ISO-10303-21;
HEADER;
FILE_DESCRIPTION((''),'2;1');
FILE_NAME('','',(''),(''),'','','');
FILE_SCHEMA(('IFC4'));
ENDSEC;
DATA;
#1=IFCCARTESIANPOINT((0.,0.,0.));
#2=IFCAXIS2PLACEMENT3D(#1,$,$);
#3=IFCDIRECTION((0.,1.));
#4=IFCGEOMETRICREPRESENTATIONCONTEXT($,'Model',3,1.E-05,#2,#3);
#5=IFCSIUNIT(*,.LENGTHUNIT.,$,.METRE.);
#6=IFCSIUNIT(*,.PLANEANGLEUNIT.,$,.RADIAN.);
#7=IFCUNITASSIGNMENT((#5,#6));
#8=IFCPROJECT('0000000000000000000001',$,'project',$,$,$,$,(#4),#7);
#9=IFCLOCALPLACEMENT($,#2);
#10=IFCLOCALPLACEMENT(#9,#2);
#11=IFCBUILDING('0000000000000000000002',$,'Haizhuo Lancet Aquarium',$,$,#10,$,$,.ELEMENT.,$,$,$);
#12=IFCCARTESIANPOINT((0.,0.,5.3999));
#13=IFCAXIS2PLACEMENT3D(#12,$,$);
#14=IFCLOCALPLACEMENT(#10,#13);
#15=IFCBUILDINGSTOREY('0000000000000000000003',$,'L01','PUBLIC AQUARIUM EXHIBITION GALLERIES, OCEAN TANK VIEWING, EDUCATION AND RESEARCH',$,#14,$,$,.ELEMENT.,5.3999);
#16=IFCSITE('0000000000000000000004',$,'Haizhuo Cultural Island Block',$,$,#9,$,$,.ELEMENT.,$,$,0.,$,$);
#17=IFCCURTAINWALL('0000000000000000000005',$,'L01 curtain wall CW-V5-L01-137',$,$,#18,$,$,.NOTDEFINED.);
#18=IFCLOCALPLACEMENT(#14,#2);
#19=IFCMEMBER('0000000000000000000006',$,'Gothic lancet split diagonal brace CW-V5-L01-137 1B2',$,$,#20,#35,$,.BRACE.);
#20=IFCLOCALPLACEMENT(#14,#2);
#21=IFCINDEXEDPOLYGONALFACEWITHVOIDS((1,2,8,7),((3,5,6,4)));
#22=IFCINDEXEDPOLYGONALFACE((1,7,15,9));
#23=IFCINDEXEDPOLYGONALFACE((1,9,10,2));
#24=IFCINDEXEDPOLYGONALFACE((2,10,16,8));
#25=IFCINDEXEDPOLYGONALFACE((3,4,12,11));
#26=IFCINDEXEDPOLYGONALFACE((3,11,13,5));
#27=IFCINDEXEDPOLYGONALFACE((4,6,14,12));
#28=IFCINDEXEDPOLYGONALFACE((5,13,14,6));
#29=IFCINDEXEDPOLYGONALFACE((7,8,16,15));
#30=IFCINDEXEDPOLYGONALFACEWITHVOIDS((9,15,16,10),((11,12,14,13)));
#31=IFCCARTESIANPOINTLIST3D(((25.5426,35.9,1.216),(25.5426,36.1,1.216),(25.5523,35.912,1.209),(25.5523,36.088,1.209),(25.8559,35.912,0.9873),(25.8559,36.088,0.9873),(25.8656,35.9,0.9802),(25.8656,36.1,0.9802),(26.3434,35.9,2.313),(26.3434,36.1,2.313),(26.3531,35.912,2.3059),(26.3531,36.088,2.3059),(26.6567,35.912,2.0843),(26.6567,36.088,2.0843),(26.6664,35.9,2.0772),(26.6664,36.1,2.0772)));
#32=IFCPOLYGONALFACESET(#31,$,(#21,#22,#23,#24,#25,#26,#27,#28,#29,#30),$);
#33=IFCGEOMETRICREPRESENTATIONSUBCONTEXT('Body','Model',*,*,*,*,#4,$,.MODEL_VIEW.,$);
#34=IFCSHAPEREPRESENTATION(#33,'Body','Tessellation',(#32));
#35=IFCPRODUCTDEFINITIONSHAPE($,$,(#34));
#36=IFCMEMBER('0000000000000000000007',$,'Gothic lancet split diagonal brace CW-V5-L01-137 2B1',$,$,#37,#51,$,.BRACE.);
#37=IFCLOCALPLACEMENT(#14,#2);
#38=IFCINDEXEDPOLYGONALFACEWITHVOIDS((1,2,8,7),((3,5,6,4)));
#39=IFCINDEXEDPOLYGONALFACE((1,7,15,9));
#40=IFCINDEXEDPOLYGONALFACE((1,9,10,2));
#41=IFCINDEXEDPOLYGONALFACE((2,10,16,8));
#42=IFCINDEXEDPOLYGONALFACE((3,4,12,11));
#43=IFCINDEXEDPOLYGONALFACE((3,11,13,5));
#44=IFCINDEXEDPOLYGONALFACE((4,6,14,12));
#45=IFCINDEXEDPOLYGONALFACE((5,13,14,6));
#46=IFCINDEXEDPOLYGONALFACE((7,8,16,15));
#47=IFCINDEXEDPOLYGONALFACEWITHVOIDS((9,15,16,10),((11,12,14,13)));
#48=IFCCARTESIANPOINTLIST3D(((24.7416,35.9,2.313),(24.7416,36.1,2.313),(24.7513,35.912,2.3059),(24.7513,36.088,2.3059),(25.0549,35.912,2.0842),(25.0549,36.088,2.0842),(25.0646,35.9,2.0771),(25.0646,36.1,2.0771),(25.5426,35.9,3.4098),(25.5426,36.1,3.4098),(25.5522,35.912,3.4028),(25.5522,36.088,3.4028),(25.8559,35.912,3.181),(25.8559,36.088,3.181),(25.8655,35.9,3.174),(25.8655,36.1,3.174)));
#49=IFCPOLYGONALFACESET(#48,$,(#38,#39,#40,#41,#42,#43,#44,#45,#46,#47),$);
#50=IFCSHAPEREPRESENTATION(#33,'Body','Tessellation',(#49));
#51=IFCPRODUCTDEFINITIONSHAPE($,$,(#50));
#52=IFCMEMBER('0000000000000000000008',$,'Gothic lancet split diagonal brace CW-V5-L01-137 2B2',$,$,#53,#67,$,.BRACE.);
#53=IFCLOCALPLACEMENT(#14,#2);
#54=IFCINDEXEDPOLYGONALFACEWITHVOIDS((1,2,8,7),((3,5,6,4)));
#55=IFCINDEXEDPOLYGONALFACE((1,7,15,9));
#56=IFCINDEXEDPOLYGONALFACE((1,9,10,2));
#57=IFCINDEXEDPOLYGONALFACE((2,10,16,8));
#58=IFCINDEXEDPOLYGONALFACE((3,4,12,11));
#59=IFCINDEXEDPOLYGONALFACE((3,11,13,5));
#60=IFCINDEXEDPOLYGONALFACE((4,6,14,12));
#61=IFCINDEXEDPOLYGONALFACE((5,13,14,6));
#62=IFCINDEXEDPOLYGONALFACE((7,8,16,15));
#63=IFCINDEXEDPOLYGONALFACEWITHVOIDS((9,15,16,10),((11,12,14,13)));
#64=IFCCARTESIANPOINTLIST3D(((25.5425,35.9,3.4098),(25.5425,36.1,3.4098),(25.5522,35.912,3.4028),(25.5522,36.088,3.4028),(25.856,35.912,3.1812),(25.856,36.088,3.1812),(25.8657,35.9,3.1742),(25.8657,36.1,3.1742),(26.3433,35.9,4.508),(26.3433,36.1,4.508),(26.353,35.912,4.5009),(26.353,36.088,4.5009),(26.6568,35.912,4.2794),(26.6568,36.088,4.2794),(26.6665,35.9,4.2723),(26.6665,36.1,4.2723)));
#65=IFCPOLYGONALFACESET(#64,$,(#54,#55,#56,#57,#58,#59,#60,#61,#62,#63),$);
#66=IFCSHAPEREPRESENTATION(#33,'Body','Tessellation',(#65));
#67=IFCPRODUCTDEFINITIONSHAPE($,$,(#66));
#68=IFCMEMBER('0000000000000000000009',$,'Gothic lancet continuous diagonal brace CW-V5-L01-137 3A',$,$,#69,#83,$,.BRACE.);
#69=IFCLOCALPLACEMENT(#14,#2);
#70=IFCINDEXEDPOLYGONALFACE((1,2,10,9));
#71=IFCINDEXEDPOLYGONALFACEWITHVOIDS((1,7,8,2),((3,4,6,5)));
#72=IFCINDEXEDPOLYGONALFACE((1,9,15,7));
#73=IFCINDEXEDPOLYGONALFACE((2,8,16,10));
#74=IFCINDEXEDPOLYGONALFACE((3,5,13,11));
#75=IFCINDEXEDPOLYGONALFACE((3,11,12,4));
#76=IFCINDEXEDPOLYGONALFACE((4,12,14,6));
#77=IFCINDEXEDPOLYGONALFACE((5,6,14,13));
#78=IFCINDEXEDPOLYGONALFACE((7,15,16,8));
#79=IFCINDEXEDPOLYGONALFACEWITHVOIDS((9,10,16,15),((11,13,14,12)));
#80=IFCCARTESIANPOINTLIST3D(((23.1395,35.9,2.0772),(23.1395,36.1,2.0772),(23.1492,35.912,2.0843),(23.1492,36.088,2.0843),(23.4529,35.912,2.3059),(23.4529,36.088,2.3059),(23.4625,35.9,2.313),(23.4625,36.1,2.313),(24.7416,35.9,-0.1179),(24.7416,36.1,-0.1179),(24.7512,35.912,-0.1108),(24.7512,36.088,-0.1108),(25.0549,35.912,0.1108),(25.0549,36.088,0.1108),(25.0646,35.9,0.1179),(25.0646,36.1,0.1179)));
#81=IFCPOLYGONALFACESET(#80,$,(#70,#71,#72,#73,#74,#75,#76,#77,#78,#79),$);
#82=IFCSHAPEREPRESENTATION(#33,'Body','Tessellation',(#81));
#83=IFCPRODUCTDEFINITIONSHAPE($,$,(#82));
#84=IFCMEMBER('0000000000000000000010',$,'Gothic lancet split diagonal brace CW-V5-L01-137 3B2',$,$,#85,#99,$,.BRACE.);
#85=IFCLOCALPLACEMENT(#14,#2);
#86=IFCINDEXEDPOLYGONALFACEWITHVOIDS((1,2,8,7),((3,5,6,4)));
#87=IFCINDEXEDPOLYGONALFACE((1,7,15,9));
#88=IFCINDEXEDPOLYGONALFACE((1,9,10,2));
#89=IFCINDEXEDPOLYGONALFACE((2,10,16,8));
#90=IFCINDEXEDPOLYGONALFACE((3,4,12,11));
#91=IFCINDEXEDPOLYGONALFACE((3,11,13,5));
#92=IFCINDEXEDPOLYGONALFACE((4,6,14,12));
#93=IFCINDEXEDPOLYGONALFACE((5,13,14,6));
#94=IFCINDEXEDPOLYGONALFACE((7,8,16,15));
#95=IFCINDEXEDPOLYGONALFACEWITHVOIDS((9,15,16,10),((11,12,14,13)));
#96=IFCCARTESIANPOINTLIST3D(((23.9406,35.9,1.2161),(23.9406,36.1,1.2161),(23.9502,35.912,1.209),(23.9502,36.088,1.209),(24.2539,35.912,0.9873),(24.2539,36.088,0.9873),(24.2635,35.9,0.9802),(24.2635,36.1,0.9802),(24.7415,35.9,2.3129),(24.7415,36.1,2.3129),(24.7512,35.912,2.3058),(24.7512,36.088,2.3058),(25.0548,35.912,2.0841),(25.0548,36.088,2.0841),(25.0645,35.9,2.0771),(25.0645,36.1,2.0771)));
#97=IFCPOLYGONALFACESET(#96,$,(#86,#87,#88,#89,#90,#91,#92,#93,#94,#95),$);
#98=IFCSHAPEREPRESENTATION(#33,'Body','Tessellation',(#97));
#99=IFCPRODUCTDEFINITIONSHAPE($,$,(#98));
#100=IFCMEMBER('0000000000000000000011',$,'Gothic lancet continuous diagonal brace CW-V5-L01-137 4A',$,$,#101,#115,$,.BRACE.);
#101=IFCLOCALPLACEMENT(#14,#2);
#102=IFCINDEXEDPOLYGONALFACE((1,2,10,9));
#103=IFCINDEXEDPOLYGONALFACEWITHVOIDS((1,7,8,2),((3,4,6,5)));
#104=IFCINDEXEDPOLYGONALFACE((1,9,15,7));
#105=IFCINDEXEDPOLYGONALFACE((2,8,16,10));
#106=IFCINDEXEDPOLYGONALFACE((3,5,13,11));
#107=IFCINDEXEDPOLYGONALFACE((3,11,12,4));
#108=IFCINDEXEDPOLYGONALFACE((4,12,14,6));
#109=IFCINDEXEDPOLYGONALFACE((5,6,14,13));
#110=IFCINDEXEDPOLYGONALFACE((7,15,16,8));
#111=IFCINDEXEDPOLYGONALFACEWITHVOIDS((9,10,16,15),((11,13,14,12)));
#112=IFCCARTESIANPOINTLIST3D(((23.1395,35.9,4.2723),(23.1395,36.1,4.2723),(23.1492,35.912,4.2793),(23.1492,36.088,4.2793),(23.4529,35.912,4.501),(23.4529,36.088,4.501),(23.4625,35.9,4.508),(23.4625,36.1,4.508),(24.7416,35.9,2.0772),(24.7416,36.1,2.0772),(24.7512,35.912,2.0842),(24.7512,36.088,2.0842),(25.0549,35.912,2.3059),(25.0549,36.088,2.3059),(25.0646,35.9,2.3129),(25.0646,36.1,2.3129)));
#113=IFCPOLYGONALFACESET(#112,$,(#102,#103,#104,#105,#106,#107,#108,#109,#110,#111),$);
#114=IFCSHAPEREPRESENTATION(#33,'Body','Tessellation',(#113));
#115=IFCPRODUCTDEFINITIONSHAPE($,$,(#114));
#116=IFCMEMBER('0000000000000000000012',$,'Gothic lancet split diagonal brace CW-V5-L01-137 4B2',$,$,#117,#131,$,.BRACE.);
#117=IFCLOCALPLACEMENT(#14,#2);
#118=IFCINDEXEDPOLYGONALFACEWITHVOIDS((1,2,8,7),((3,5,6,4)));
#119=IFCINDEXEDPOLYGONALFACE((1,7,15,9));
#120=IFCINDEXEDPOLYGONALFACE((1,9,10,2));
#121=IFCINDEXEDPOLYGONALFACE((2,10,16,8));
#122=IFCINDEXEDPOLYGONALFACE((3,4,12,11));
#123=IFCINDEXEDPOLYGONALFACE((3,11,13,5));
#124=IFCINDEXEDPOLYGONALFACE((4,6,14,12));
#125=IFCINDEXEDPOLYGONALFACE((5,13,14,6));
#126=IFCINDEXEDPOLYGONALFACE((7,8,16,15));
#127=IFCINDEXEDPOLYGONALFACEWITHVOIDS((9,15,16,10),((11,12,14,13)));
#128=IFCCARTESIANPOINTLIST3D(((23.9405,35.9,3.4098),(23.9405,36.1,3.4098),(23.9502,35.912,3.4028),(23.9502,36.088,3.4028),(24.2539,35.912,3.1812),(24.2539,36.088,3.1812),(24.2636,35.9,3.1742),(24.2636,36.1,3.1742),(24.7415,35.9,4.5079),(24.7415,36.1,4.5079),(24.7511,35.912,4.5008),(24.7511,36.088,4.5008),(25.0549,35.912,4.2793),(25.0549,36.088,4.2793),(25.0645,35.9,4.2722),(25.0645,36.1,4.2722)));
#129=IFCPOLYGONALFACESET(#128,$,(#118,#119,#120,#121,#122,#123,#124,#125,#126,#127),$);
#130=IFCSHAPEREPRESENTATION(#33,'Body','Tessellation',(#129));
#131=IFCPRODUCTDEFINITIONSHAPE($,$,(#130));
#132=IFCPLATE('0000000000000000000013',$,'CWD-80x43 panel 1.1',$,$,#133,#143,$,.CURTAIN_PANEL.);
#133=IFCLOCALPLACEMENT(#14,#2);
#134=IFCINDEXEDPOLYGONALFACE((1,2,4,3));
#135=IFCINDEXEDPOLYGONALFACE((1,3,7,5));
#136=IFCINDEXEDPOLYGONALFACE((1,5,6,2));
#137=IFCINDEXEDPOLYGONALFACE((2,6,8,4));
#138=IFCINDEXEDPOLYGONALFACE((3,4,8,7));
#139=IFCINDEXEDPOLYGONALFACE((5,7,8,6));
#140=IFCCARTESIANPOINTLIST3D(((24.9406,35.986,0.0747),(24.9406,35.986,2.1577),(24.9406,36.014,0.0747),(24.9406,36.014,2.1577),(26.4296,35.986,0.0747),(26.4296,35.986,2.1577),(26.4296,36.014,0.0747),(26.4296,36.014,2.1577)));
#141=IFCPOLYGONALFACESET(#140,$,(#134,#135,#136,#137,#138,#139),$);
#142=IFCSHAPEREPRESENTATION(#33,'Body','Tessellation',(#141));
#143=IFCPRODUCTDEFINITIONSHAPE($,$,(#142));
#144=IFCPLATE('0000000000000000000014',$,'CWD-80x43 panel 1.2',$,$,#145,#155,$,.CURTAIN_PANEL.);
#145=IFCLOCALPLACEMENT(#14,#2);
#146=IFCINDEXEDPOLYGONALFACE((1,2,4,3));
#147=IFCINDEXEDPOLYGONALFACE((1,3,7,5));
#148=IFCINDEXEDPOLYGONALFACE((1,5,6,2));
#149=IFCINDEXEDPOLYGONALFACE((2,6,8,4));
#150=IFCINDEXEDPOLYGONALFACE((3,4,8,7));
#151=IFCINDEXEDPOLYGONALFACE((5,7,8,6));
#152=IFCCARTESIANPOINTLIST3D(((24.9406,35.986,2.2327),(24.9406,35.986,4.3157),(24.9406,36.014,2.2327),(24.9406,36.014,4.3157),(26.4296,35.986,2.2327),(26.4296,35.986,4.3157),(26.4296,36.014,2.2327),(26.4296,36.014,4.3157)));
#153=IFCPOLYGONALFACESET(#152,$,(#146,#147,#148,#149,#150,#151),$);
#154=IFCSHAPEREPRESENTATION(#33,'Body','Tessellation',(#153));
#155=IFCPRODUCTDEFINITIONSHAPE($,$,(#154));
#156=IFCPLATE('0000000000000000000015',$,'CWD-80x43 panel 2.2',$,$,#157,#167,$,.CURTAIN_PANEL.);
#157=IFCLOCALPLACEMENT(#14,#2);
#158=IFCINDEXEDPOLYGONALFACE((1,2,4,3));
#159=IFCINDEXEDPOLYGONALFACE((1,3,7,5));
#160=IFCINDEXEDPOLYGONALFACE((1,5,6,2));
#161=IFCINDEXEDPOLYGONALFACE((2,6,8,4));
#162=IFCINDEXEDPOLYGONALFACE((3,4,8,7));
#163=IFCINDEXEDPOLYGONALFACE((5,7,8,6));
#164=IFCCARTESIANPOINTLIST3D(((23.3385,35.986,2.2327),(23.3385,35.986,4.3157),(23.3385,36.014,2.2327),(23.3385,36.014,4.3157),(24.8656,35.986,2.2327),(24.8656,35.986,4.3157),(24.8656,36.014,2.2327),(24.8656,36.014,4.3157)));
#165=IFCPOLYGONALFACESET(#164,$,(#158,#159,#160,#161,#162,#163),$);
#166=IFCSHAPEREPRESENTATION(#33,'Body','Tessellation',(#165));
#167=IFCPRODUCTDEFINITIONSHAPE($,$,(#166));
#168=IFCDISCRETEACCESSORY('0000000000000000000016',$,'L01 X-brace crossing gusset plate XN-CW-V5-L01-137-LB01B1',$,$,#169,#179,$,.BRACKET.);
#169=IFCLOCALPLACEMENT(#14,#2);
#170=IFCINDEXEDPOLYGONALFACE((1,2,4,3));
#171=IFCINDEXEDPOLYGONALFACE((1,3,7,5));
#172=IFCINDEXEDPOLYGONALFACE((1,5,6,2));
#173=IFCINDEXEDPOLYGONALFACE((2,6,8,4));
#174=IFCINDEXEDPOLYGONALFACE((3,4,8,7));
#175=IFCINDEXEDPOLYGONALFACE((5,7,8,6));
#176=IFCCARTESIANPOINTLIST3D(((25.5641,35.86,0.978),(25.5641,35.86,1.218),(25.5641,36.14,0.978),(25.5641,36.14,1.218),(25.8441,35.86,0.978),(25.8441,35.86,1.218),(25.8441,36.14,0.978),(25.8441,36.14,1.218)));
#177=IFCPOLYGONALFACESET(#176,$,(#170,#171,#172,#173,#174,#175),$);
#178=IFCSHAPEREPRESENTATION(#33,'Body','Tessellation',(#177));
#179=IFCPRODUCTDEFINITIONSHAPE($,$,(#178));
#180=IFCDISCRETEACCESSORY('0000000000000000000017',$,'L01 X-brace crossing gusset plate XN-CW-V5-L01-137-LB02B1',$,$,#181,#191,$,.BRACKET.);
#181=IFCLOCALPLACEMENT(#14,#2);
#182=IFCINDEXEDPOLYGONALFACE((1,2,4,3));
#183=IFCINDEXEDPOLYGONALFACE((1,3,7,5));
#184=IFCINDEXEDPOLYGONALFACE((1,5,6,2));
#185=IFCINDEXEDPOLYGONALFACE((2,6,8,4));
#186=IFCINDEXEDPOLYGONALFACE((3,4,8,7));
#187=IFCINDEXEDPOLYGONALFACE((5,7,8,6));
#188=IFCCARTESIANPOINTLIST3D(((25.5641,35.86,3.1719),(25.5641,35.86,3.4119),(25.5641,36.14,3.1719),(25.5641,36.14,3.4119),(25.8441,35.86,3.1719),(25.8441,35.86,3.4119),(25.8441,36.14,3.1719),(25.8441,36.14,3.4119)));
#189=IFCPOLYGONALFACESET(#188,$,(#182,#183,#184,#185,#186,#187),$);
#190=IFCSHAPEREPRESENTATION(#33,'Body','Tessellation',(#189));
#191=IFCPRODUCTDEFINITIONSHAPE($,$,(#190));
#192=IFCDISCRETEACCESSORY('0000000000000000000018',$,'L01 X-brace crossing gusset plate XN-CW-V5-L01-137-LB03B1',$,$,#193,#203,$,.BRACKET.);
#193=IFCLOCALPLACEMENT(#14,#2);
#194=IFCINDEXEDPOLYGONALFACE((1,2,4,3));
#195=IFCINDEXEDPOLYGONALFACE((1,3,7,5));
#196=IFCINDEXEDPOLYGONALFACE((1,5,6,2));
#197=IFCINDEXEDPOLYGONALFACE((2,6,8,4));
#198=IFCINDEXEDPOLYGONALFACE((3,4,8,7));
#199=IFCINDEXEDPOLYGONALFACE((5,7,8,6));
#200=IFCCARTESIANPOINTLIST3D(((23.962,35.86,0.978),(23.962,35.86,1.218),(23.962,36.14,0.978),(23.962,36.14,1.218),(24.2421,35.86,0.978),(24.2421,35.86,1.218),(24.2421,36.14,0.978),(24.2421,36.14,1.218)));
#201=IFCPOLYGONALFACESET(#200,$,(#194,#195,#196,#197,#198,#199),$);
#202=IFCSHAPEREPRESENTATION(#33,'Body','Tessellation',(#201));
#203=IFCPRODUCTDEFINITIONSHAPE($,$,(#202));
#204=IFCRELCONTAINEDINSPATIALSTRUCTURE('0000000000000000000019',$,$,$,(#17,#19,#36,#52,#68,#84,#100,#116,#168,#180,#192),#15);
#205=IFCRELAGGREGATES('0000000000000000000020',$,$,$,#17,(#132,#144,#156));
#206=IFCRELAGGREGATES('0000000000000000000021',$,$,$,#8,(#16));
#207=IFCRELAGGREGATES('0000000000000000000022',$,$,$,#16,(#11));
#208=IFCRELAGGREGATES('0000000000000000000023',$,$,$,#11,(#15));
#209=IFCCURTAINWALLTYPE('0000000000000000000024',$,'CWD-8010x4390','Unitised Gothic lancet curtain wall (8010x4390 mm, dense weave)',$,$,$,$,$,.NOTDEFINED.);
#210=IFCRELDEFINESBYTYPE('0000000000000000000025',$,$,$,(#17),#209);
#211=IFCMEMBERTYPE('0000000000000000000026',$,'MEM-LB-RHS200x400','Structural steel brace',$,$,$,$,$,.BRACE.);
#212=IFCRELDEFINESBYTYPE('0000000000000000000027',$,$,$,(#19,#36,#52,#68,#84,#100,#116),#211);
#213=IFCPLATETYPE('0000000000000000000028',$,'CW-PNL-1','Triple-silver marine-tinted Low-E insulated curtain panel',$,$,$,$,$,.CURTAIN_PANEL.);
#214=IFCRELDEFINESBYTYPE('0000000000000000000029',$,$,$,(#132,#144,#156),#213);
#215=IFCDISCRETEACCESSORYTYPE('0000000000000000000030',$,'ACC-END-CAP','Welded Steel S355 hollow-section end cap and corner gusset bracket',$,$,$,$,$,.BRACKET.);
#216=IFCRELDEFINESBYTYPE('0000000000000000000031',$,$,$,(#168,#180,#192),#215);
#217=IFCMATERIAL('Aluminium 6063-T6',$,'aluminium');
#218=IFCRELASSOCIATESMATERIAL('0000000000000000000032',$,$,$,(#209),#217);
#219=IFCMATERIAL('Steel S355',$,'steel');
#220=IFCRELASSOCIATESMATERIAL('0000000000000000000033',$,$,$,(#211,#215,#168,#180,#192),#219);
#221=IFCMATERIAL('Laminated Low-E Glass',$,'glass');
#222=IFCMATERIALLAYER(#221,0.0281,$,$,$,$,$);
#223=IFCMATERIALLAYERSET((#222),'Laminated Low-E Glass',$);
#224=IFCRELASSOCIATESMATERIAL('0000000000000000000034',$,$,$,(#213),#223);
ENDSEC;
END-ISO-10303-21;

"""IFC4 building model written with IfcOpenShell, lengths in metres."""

from ifc_helpers import new_model, si_unit, direction, frame, origin, origin_2d, place, context, subcontext, project, spatial, rectangle, hollow_rectangle, extrude, material, layer, layer_set, material_profile, profile_set, type_object, element, aggregate, save


model = new_model("IFC4")

# Units and contexts
model_context = context("Model", 3, precision=1e-05, world=origin(), true_north=direction((0.0, 1.0)))
body_context = subcontext(model_context, "Body", "Model", "MODEL_VIEW")
ifc_project = project(units=[si_unit("LENGTHUNIT", "METRE"), si_unit("PLANEANGLEUNIT", "RADIAN")], contexts=[model_context])

# Site, building, storey
site_placement = place(None, origin())
site = spatial("IfcSite", under=ifc_project, at=site_placement, Name="Haizhuo Cultural Island Block", CompositionType="ELEMENT", RefElevation=0.0)
building_placement = place(site_placement, origin())
building = spatial("IfcBuilding", under=site, at=building_placement, Name="Haizhuo Lancet Aquarium", CompositionType="ELEMENT")
storey_placement = place(building_placement, frame((0.0, 0.0, 5.3999)))
storey = spatial("IfcBuildingStorey", under=building, at=storey_placement, Name="L01", Description="PUBLIC AQUARIUM EXHIBITION GALLERIES, OCEAN TANK VIEWING, EDUCATION AND RESEARCH", CompositionType="ELEMENT", Elevation=5.3999)

# Curtain wall
ifc_material_1 = material(Name="Aluminium 6063-T6", Category="aluminium")
curtain_wall_type = type_object("IfcCurtainWallType", Name="CWD-8010x4390", Description="Unitised Gothic lancet curtain wall (8010x4390 mm, dense weave)", PredefinedType="NOTDEFINED", material=ifc_material_1)
curtain_wall_placement = place(storey_placement, origin())
curtain_wall = element("IfcCurtainWall", 1, at=curtain_wall_placement, inside=storey, type_object=curtain_wall_type, Name="L01 curtain wall CW-V5-L01-137", PredefinedType="NOTDEFINED")

# Members
ifc_material_2 = material(Name="Steel S355", Category="steel")
ifc_material_profile_1 = material_profile(ifc_material_2, hollow_rectangle(XDim=0.2, YDim=0.3999, WallThickness=0.012, at=origin_2d()), Name="RHS 200x400x12")
ifc_profile_set_1 = profile_set([ifc_material_profile_1], Name="Steel S355")
member_type_1 = type_object("IfcMemberType", Name="MEM-LB-RHS200x400", Description="Structural steel brace", PredefinedType="BRACE", material=ifc_profile_set_1)
for number, where, z_axis, x_axis, name in (
    (2, (25.7041, 36.0, 1.0981), (0.589624, 0.0, 0.807678), (0.0, 1.0, 0.0), "Gothic lancet split diagonal brace CW-V5-L01-137 1B2"),
    (3, (24.9031, 36.0, 2.1951), (0.589742, 0.0, 0.807592), (0.0, 1.0, 0.0), "Gothic lancet split diagonal brace CW-V5-L01-137 2B1"),
):
    element("IfcMember", number, at=place(storey_placement, frame(where, z_axis=z_axis, x_axis=x_axis)), inside=storey, type_object=member_type_1, Name=name, PredefinedType="BRACE", context=body_context, shape_type="SweptSolid", body=[
        extrude(hollow_rectangle(XDim=0.2, YDim=0.3999, WallThickness=0.012, at=origin_2d()), origin(), (0.0, 0.0, 1.0), 1.3582),
    ])
member_1_placement = place(storey_placement, frame((25.7041, 36.0, 3.292), z_axis=(0.589197, 0.0, 0.80799), x_axis=(0.0, 1.0, 0.0)))
element("IfcMember", 4, at=member_1_placement, inside=storey, type_object=member_type_1, Name="Gothic lancet split diagonal brace CW-V5-L01-137 2B2", PredefinedType="BRACE", context=body_context, shape_type="SweptSolid", body=[
    extrude(hollow_rectangle(XDim=0.2, YDim=0.3999, WallThickness=0.012, at=origin_2d()), origin(), (0.0, 0.0, 1.0), 1.3591),
])
member_2_placement = place(storey_placement, frame((24.9031, 36.0, 0.0), z_axis=(-0.589528, 0.0, 0.807748), x_axis=(0.0, -1.0, 0.0)))
element("IfcMember", 5, at=member_2_placement, inside=storey, type_object=member_type_1, Name="Gothic lancet continuous diagonal brace CW-V5-L01-137 3A", PredefinedType="BRACE", context=body_context, shape_type="SweptSolid", body=[
    extrude(hollow_rectangle(XDim=0.2, YDim=0.3999, WallThickness=0.012, at=origin_2d()), origin(), (0.0, 0.0, 1.0), 2.7175),
])
member_3_placement = place(storey_placement, frame((24.1021, 36.0, 1.0981), z_axis=(0.589742, 0.0, 0.807592), x_axis=(0.0, 1.0, 0.0)))
element("IfcMember", 6, at=member_3_placement, inside=storey, type_object=member_type_1, Name="Gothic lancet split diagonal brace CW-V5-L01-137 3B2", PredefinedType="BRACE", context=body_context, shape_type="SweptSolid", body=[
    extrude(hollow_rectangle(XDim=0.2, YDim=0.3999, WallThickness=0.012, at=origin_2d()), origin(), (0.0, 0.0, 1.0), 1.3582),
])
member_4_placement = place(storey_placement, frame((24.9031, 36.0, 2.1951), z_axis=(-0.589528, 0.0, 0.807748), x_axis=(0.0, -1.0, 0.0)))
element("IfcMember", 7, at=member_4_placement, inside=storey, type_object=member_type_1, Name="Gothic lancet continuous diagonal brace CW-V5-L01-137 4A", PredefinedType="BRACE", context=body_context, shape_type="SweptSolid", body=[
    extrude(hollow_rectangle(XDim=0.2, YDim=0.3999, WallThickness=0.012, at=origin_2d()), origin(), (0.0, 0.0, 1.0), 2.7175),
])
member_5_placement = place(storey_placement, frame((24.1021, 36.0, 3.292), z_axis=(0.589314, 0.0, 0.807904), x_axis=(0.0, 1.0, 0.0)))
element("IfcMember", 8, at=member_5_placement, inside=storey, type_object=member_type_1, Name="Gothic lancet split diagonal brace CW-V5-L01-137 4B2", PredefinedType="BRACE", context=body_context, shape_type="SweptSolid", body=[
    extrude(hollow_rectangle(XDim=0.2, YDim=0.3999, WallThickness=0.012, at=origin_2d()), origin(), (0.0, 0.0, 1.0), 1.3591),
])

# Plates
ifc_material_3 = material(Name="Laminated Low-E Glass", Category="glass")
ifc_layer = layer(ifc_material_3, 0.0281)
ifc_layer_set = layer_set([ifc_layer], Name="Laminated Low-E Glass")
plate_type = type_object("IfcPlateType", Name="CW-PNL-1", Description="Triple-silver marine-tinted Low-E insulated curtain panel", PredefinedType="CURTAIN_PANEL", material=ifc_layer_set)
plate_1_placement = place(storey_placement, frame((25.6851, 36.0, 0.0747), z_axis=(0.0, 0.0, 1.0), x_axis=(-1.0, 0.0, 0.0)))
plate_1 = element("IfcPlate", 9, at=plate_1_placement, type_object=plate_type, Name="CWD-80x43 panel 1.1", PredefinedType="CURTAIN_PANEL", context=body_context, shape_type="SweptSolid", body=[
    extrude(rectangle(XDim=1.489, YDim=0.0281, at=origin_2d()), origin(), (0.0, 0.0, 1.0), 2.083),
])
plate_2_placement = place(storey_placement, frame((25.6851, 36.0, 2.2327), z_axis=(0.0, 0.0, 1.0), x_axis=(-1.0, 0.0, 0.0)))
plate_2 = element("IfcPlate", 10, at=plate_2_placement, type_object=plate_type, Name="CWD-80x43 panel 1.2", PredefinedType="CURTAIN_PANEL", context=body_context, shape_type="SweptSolid", body=[
    extrude(rectangle(XDim=1.489, YDim=0.0281, at=origin_2d()), origin(), (0.0, 0.0, 1.0), 2.083),
])
plate_3_placement = place(storey_placement, frame((24.1021, 36.0, 2.2327), z_axis=(0.0, 0.0, 1.0), x_axis=(-1.0, 0.0, 0.0)))
plate_3 = element("IfcPlate", 11, at=plate_3_placement, type_object=plate_type, Name="CWD-80x43 panel 2.2", PredefinedType="CURTAIN_PANEL", context=body_context, shape_type="SweptSolid", body=[
    extrude(rectangle(XDim=1.5271, YDim=0.0281, at=origin_2d()), origin(), (0.0, 0.0, 1.0), 2.083),
])
aggregate(curtain_wall, [plate_1, plate_2, plate_3])

# Discrete accessories
discrete_accessory_type = type_object("IfcDiscreteAccessoryType", Name="ACC-END-CAP", Description="Welded Steel S355 hollow-section end cap and corner gusset bracket", PredefinedType="BRACKET", material=ifc_material_2)
for number, where, z_axis, x_axis, name in (
    (12, (25.7041, 36.0, 0.978), (0.0, 0.0, 1.0), (1.0, 0.0, 0.0), "L01 X-brace crossing gusset plate XN-CW-V5-L01-137-LB01B1"),
    (13, (25.7041, 36.0, 3.1719), (0.0, 0.0, 1.0), (1.0, 0.0, 0.0), "L01 X-brace crossing gusset plate XN-CW-V5-L01-137-LB02B1"),
    (14, (24.1021, 36.0, 0.978), (0.0, 0.0, 1.0), (1.0, 0.0, 0.0), "L01 X-brace crossing gusset plate XN-CW-V5-L01-137-LB03B1"),
):
    element("IfcDiscreteAccessory", number, at=place(storey_placement, frame(where, z_axis=z_axis, x_axis=x_axis)), inside=storey, type_object=discrete_accessory_type, material=ifc_material_2, Name=name, PredefinedType="BRACKET", context=body_context, shape_type="SweptSolid", body=[
        extrude(rectangle(XDim=0.28, YDim=0.28, at=origin_2d()), origin(), (0.0, 0.0, 1.0), 0.24),
    ])

save(model, "model.ifc")
